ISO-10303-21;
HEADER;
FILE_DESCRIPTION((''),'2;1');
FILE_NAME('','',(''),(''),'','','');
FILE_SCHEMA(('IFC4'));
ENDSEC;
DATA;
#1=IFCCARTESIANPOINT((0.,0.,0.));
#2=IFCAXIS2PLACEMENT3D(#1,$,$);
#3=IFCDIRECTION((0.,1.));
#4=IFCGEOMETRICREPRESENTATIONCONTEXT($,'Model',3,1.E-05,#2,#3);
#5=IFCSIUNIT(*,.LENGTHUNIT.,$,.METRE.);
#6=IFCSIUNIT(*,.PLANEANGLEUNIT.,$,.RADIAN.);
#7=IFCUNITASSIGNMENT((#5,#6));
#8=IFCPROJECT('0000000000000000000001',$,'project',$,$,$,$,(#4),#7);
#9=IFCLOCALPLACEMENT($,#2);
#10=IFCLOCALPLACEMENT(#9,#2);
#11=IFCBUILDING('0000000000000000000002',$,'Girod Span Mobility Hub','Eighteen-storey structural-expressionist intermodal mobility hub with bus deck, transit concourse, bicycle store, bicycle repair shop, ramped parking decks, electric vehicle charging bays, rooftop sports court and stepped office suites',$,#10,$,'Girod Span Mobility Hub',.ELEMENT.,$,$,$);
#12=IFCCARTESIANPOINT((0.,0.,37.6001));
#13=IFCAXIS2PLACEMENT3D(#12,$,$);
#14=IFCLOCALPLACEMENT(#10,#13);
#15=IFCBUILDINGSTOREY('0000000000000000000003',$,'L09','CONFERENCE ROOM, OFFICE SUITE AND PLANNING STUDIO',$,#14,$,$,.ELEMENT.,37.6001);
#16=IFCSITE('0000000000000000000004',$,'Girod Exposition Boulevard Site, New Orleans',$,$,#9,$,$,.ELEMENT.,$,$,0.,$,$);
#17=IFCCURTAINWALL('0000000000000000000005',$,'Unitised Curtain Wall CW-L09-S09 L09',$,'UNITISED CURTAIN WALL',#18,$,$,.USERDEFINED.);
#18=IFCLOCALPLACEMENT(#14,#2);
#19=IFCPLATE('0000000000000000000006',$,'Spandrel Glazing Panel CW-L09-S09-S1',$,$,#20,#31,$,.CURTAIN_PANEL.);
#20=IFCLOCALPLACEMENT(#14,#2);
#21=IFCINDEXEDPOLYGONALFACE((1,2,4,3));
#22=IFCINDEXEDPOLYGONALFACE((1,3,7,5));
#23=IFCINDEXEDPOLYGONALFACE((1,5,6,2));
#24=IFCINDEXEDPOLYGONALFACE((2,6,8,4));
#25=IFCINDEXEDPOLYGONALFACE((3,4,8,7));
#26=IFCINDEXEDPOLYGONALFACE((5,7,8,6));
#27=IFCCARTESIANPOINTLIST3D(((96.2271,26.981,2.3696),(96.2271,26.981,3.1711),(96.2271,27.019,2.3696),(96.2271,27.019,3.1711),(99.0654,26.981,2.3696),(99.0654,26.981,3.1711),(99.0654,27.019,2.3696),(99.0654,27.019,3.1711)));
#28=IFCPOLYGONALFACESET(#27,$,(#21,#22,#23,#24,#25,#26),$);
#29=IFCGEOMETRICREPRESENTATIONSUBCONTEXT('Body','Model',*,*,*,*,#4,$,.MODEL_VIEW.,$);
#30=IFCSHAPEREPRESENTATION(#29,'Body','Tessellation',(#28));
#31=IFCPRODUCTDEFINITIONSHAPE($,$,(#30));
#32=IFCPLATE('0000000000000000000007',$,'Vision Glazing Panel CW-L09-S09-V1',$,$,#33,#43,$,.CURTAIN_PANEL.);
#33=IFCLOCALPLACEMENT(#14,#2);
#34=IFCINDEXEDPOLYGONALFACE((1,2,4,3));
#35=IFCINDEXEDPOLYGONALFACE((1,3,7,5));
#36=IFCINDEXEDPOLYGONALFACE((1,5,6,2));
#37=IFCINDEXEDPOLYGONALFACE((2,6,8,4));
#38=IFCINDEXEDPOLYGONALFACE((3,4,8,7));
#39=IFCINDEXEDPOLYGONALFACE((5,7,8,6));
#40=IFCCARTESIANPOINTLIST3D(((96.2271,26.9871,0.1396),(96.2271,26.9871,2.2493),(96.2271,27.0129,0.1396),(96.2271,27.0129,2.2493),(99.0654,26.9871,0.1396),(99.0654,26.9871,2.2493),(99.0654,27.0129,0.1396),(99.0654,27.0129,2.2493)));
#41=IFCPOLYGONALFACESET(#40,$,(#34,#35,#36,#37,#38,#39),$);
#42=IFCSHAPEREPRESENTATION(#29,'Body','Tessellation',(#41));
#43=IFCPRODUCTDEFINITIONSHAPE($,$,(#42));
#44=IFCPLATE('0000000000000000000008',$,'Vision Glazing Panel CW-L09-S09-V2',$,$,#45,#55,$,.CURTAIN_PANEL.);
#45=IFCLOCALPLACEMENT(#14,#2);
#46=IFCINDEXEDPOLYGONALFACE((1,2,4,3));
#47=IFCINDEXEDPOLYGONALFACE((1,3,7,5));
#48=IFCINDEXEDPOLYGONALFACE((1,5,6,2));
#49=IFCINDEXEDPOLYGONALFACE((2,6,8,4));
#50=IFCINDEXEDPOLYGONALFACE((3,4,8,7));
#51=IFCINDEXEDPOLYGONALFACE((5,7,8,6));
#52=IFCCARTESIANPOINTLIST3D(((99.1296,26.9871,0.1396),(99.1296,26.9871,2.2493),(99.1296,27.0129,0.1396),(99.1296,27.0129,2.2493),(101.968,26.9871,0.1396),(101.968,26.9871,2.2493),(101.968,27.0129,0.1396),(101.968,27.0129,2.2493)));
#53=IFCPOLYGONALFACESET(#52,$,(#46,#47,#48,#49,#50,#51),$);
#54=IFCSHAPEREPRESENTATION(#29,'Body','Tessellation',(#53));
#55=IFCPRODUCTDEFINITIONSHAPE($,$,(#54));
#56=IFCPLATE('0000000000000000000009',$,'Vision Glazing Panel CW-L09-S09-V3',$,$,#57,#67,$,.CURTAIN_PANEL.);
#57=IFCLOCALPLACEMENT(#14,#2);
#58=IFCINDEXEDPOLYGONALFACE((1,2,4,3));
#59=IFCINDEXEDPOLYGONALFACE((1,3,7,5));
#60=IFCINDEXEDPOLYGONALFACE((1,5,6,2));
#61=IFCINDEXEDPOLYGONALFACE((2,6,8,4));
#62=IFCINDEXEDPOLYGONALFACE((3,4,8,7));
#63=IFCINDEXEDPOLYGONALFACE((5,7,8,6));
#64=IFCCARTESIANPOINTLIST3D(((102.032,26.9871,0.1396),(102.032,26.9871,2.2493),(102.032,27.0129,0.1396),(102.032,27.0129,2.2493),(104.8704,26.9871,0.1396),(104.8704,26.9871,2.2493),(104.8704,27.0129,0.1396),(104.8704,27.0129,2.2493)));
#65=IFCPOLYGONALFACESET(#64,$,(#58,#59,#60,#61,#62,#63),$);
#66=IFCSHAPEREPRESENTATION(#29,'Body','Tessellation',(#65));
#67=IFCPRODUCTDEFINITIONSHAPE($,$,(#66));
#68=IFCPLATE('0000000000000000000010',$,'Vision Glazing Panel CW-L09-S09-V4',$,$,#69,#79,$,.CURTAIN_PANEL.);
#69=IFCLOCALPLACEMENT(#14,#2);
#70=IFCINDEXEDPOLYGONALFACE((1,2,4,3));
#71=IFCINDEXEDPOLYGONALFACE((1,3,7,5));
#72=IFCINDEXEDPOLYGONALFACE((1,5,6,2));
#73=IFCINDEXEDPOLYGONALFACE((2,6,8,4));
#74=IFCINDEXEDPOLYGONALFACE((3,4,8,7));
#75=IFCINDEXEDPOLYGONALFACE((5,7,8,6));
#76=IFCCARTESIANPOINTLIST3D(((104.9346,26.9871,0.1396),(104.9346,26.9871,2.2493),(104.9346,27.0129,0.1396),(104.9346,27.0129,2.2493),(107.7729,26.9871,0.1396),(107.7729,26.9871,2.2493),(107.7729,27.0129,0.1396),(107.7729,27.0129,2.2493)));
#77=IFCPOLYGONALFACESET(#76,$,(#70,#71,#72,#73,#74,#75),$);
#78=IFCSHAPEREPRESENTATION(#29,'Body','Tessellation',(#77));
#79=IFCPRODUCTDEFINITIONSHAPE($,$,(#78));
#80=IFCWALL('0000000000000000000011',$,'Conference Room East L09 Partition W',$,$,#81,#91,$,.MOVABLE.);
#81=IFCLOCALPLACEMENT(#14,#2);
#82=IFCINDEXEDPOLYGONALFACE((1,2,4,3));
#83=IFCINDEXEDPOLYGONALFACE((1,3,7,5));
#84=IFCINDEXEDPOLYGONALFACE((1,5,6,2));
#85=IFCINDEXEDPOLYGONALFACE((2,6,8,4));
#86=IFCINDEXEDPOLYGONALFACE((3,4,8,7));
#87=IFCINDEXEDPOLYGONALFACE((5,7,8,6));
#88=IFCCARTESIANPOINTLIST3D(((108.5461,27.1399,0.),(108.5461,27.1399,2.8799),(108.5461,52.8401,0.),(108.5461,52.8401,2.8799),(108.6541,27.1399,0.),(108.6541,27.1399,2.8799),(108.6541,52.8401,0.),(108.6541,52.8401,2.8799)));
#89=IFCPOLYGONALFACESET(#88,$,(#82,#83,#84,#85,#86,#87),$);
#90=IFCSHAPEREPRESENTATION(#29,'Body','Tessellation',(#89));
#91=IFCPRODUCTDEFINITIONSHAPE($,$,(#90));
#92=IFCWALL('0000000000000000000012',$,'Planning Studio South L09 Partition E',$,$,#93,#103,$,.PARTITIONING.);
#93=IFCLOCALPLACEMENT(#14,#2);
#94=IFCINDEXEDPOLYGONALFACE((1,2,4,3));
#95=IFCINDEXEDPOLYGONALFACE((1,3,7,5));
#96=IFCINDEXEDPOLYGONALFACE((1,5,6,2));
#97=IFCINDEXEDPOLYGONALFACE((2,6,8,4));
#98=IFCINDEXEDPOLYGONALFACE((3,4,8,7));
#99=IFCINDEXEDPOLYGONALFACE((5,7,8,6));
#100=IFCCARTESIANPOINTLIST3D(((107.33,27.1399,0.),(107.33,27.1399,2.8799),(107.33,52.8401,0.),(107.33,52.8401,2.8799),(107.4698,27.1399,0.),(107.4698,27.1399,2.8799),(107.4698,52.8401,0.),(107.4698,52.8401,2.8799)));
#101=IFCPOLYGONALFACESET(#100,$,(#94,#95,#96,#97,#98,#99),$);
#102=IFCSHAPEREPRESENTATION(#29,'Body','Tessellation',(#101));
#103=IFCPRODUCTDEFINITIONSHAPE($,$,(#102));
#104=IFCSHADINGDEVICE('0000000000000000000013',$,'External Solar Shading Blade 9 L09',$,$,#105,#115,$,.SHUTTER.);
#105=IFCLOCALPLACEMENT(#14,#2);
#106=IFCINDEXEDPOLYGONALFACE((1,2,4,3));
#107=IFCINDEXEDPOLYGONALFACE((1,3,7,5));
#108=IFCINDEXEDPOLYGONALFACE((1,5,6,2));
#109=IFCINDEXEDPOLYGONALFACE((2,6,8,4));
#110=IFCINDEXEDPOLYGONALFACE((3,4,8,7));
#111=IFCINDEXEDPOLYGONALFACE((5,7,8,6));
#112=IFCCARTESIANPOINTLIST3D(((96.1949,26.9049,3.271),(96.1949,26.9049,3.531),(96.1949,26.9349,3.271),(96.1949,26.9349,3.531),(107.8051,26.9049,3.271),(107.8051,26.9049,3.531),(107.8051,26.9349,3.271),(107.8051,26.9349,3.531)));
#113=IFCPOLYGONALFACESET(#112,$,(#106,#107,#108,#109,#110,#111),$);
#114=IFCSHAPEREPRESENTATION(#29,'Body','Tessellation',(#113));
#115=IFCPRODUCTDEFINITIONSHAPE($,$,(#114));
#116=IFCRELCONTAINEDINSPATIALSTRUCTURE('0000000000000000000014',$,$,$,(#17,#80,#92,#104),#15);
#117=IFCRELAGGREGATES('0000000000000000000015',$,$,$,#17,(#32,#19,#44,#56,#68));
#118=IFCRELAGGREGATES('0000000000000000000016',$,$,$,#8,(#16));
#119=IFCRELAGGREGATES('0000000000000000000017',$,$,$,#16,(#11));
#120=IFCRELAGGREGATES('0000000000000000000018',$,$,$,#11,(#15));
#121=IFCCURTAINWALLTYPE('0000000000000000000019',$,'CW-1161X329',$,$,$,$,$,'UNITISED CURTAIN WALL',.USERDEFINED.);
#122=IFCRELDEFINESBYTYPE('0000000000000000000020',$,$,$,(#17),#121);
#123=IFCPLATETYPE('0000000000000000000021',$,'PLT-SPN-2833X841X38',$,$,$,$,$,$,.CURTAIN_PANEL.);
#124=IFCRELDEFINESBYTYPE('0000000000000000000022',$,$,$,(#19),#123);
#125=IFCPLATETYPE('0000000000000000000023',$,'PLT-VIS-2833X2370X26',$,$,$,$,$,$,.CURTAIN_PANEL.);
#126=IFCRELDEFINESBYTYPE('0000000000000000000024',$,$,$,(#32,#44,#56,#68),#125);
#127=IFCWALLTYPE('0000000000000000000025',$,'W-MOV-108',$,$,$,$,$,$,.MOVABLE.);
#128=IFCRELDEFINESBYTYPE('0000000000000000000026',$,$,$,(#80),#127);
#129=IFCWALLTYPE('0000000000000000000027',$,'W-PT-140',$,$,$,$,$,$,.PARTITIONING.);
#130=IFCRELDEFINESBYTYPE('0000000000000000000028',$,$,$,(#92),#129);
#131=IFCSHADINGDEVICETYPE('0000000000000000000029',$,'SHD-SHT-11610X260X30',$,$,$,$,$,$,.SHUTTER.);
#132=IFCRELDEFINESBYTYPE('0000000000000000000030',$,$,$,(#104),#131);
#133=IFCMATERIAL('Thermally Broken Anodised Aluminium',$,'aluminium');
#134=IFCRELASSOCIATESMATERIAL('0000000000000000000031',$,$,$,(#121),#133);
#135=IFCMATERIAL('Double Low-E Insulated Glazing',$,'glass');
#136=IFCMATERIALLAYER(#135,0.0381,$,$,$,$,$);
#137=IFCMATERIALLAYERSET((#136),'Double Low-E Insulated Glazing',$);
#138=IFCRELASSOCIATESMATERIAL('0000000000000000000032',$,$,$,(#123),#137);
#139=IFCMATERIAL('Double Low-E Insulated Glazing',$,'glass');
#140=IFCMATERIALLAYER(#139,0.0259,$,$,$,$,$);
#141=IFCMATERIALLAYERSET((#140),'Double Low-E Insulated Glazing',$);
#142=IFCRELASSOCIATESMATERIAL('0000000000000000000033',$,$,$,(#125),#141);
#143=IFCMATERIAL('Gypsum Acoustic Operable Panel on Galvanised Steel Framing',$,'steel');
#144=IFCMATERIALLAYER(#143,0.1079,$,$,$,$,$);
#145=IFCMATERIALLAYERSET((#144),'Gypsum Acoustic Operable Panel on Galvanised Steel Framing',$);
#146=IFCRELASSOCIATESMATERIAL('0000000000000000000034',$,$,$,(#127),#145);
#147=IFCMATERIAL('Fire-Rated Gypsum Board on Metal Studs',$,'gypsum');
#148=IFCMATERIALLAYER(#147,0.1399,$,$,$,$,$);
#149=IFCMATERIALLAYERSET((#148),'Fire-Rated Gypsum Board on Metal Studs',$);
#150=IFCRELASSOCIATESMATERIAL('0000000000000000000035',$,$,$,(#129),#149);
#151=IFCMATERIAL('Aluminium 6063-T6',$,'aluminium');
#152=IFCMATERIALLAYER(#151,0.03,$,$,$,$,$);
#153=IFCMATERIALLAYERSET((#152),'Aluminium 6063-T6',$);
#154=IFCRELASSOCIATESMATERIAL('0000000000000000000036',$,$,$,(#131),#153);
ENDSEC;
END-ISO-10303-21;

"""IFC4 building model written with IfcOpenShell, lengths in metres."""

from ifc_helpers import new_model, si_unit, direction, frame, frame_2d, origin, origin_2d, place, context, subcontext, project, spatial, rectangle, extrude, material, layer, layer_set, type_object, element, aggregate, save


model = new_model("IFC4")

# Units and contexts
model_context = context("Model", 3, precision=1e-05, world=origin(), true_north=direction((0.0, 1.0)))
body_context = subcontext(model_context, "Body", "Model", "MODEL_VIEW")
ifc_project = project(units=[si_unit("LENGTHUNIT", "METRE"), si_unit("PLANEANGLEUNIT", "RADIAN")], contexts=[model_context])

# Site, building, storey
site_placement = place(None, origin())
site = spatial("IfcSite", under=ifc_project, at=site_placement, Name="Girod Exposition Boulevard Site, New Orleans", CompositionType="ELEMENT", RefElevation=0.0)
building_placement = place(site_placement, origin())
building = spatial("IfcBuilding", under=site, at=building_placement, Name="Girod Span Mobility Hub", Description="Eighteen-storey structural-expressionist intermodal mobility hub with bus deck, transit concourse, bicycle store, bicycle repair shop, ramped parking decks, electric vehicle charging bays, rooftop sports court and stepped office suites", LongName="Girod Span Mobility Hub", CompositionType="ELEMENT")
storey_placement = place(building_placement, frame((0.0, 0.0, 37.6001)))
storey = spatial("IfcBuildingStorey", under=building, at=storey_placement, Name="L09", Description="CONFERENCE ROOM, OFFICE SUITE AND PLANNING STUDIO", CompositionType="ELEMENT", Elevation=37.6001)

# Curtain wall
ifc_material_1 = material(Name="Thermally Broken Anodised Aluminium", Category="aluminium")
curtain_wall_type = type_object("IfcCurtainWallType", Name="CW-1161X329", ElementType="UNITISED CURTAIN WALL", PredefinedType="USERDEFINED", material=ifc_material_1)
curtain_wall_1_placement = place(storey_placement, origin())
curtain_wall_1 = element("IfcCurtainWall", 1, at=curtain_wall_1_placement, inside=storey, type_object=curtain_wall_type, Name="Unitised Curtain Wall CW-L09-S09 L09", ObjectType="UNITISED CURTAIN WALL", PredefinedType="USERDEFINED")

# Plates
ifc_material_2 = material(Name="Double Low-E Insulated Glazing", Category="glass")
ifc_layer_1 = layer(ifc_material_2, 0.0381)
ifc_layer_set_1 = layer_set([ifc_layer_1], Name="Double Low-E Insulated Glazing")
plate_type_1 = type_object("IfcPlateType", Name="PLT-SPN-2833X841X38", PredefinedType="CURTAIN_PANEL", material=ifc_layer_set_1)
plate_1_placement = place(storey_placement, frame((97.6462, 27.0, 2.3696), z_axis=(0.0, 0.0, 1.0), x_axis=(1.0, 0.0, 0.0)))
plate_1 = element("IfcPlate", 2, at=plate_1_placement, type_object=plate_type_1, Name="Spandrel Glazing Panel CW-L09-S09-S1", PredefinedType="CURTAIN_PANEL", context=body_context, shape_type="SweptSolid", body=[
    extrude(rectangle(XDim=2.8384, YDim=0.0381, at=origin_2d()), origin(), (0.0, 0.0, 1.0), 0.8015),
])
ifc_material_3 = material(Name="Double Low-E Insulated Glazing", Category="glass")
ifc_layer_2 = layer(ifc_material_3, 0.0259)
ifc_layer_set_2 = layer_set([ifc_layer_2], Name="Double Low-E Insulated Glazing")
plate_type_2 = type_object("IfcPlateType", Name="PLT-VIS-2833X2370X26", PredefinedType="CURTAIN_PANEL", material=ifc_layer_set_2)
plate_2_placement = place(storey_placement, frame((97.6462, 27.0, 0.1396), z_axis=(0.0, 0.0, 1.0), x_axis=(1.0, 0.0, 0.0)))
plate_2 = element("IfcPlate", 3, at=plate_2_placement, type_object=plate_type_2, Name="Vision Glazing Panel CW-L09-S09-V1", PredefinedType="CURTAIN_PANEL", context=body_context, shape_type="SweptSolid", body=[
    extrude(rectangle(XDim=2.8384, YDim=0.0259, at=origin_2d()), origin(), (0.0, 0.0, 1.0), 2.1096),
])
plate_3_placement = place(storey_placement, frame((100.5488, 27.0, 0.1396), z_axis=(0.0, 0.0, 1.0), x_axis=(1.0, 0.0, 0.0)))
plate_3 = element("IfcPlate", 4, at=plate_3_placement, type_object=plate_type_2, Name="Vision Glazing Panel CW-L09-S09-V2", PredefinedType="CURTAIN_PANEL", context=body_context, shape_type="SweptSolid", body=[
    extrude(rectangle(XDim=2.8384, YDim=0.0259, at=origin_2d()), origin(), (0.0, 0.0, 1.0), 2.1096),
])
plate_4_placement = place(storey_placement, frame((103.4512, 27.0, 0.1396), z_axis=(0.0, 0.0, 1.0), x_axis=(1.0, 0.0, 0.0)))
plate_4 = element("IfcPlate", 5, at=plate_4_placement, type_object=plate_type_2, Name="Vision Glazing Panel CW-L09-S09-V3", PredefinedType="CURTAIN_PANEL", context=body_context, shape_type="SweptSolid", body=[
    extrude(rectangle(XDim=2.8384, YDim=0.0259, at=origin_2d()), origin(), (0.0, 0.0, 1.0), 2.1096),
])
plate_5_placement = place(storey_placement, frame((106.3538, 27.0, 0.1396), z_axis=(0.0, 0.0, 1.0), x_axis=(1.0, 0.0, 0.0)))
plate_5 = element("IfcPlate", 6, at=plate_5_placement, type_object=plate_type_2, Name="Vision Glazing Panel CW-L09-S09-V4", PredefinedType="CURTAIN_PANEL", context=body_context, shape_type="SweptSolid", body=[
    extrude(rectangle(XDim=2.8384, YDim=0.0259, at=origin_2d()), origin(), (0.0, 0.0, 1.0), 2.1096),
])
aggregate(curtain_wall_1, [plate_2, plate_1, plate_3, plate_4, plate_5])

# Walls
ifc_material_4 = material(Name="Gypsum Acoustic Operable Panel on Galvanised Steel Framing", Category="steel")
ifc_layer_3 = layer(ifc_material_4, 0.1079)
ifc_layer_set_3 = layer_set([ifc_layer_3], Name="Gypsum Acoustic Operable Panel on Galvanised Steel Framing")
wall_type_1 = type_object("IfcWallType", Name="W-MOV-108", PredefinedType="MOVABLE", material=ifc_layer_set_3)
wall_1_placement = place(storey_placement, frame((108.6001, 27.1399, 0.0), z_axis=(0.0, 0.0, 1.0), x_axis=(0.0, 1.0, 0.0)))
element("IfcWall", 7, at=wall_1_placement, inside=storey, type_object=wall_type_1, Name="Conference Room East L09 Partition W", PredefinedType="MOVABLE", context=body_context, shape_type="SweptSolid", body=[
    extrude(rectangle(XDim=25.7002, YDim=0.1079, at=frame_2d((12.8501, 0.0))), origin(), (0.0, 0.0, 1.0), 2.8799),
])
ifc_material_5 = material(Name="Fire-Rated Gypsum Board on Metal Studs", Category="gypsum")
ifc_layer_4 = layer(ifc_material_5, 0.1399)
ifc_layer_set_4 = layer_set([ifc_layer_4], Name="Fire-Rated Gypsum Board on Metal Studs")
wall_type_2 = type_object("IfcWallType", Name="W-PT-140", PredefinedType="PARTITIONING", material=ifc_layer_set_4)
wall_2_placement = place(storey_placement, frame((107.3999, 27.1399, 0.0), z_axis=(0.0, 0.0, 1.0), x_axis=(0.0, 1.0, 0.0)))
element("IfcWall", 8, at=wall_2_placement, inside=storey, type_object=wall_type_2, Name="Planning Studio South L09 Partition E", PredefinedType="PARTITIONING", context=body_context, shape_type="SweptSolid", body=[
    extrude(rectangle(XDim=25.7002, YDim=0.1399, at=frame_2d((12.8501, 0.0))), origin(), (0.0, 0.0, 1.0), 2.8799),
])

# Shading device
ifc_material_6 = material(Name="Aluminium 6063-T6", Category="aluminium")
ifc_layer_5 = layer(ifc_material_6, 0.03)
ifc_layer_set_5 = layer_set([ifc_layer_5], Name="Aluminium 6063-T6")
shading_device_type = type_object("IfcShadingDeviceType", Name="SHD-SHT-11610X260X30", PredefinedType="SHUTTER", material=ifc_layer_set_5)
shading_device_placement = place(storey_placement, frame((102.0, 26.9199, 3.271), z_axis=(0.0, 0.0, 1.0), x_axis=(1.0, 0.0, 0.0)))
element("IfcShadingDevice", 9, at=shading_device_placement, inside=storey, type_object=shading_device_type, Name="External Solar Shading Blade 9 L09", PredefinedType="SHUTTER", context=body_context, shape_type="SweptSolid", body=[
    extrude(rectangle(XDim=11.6101, YDim=0.03, at=origin_2d()), origin(), (0.0, 0.0, 1.0), 0.26),
])

save(model, "model.ifc")
